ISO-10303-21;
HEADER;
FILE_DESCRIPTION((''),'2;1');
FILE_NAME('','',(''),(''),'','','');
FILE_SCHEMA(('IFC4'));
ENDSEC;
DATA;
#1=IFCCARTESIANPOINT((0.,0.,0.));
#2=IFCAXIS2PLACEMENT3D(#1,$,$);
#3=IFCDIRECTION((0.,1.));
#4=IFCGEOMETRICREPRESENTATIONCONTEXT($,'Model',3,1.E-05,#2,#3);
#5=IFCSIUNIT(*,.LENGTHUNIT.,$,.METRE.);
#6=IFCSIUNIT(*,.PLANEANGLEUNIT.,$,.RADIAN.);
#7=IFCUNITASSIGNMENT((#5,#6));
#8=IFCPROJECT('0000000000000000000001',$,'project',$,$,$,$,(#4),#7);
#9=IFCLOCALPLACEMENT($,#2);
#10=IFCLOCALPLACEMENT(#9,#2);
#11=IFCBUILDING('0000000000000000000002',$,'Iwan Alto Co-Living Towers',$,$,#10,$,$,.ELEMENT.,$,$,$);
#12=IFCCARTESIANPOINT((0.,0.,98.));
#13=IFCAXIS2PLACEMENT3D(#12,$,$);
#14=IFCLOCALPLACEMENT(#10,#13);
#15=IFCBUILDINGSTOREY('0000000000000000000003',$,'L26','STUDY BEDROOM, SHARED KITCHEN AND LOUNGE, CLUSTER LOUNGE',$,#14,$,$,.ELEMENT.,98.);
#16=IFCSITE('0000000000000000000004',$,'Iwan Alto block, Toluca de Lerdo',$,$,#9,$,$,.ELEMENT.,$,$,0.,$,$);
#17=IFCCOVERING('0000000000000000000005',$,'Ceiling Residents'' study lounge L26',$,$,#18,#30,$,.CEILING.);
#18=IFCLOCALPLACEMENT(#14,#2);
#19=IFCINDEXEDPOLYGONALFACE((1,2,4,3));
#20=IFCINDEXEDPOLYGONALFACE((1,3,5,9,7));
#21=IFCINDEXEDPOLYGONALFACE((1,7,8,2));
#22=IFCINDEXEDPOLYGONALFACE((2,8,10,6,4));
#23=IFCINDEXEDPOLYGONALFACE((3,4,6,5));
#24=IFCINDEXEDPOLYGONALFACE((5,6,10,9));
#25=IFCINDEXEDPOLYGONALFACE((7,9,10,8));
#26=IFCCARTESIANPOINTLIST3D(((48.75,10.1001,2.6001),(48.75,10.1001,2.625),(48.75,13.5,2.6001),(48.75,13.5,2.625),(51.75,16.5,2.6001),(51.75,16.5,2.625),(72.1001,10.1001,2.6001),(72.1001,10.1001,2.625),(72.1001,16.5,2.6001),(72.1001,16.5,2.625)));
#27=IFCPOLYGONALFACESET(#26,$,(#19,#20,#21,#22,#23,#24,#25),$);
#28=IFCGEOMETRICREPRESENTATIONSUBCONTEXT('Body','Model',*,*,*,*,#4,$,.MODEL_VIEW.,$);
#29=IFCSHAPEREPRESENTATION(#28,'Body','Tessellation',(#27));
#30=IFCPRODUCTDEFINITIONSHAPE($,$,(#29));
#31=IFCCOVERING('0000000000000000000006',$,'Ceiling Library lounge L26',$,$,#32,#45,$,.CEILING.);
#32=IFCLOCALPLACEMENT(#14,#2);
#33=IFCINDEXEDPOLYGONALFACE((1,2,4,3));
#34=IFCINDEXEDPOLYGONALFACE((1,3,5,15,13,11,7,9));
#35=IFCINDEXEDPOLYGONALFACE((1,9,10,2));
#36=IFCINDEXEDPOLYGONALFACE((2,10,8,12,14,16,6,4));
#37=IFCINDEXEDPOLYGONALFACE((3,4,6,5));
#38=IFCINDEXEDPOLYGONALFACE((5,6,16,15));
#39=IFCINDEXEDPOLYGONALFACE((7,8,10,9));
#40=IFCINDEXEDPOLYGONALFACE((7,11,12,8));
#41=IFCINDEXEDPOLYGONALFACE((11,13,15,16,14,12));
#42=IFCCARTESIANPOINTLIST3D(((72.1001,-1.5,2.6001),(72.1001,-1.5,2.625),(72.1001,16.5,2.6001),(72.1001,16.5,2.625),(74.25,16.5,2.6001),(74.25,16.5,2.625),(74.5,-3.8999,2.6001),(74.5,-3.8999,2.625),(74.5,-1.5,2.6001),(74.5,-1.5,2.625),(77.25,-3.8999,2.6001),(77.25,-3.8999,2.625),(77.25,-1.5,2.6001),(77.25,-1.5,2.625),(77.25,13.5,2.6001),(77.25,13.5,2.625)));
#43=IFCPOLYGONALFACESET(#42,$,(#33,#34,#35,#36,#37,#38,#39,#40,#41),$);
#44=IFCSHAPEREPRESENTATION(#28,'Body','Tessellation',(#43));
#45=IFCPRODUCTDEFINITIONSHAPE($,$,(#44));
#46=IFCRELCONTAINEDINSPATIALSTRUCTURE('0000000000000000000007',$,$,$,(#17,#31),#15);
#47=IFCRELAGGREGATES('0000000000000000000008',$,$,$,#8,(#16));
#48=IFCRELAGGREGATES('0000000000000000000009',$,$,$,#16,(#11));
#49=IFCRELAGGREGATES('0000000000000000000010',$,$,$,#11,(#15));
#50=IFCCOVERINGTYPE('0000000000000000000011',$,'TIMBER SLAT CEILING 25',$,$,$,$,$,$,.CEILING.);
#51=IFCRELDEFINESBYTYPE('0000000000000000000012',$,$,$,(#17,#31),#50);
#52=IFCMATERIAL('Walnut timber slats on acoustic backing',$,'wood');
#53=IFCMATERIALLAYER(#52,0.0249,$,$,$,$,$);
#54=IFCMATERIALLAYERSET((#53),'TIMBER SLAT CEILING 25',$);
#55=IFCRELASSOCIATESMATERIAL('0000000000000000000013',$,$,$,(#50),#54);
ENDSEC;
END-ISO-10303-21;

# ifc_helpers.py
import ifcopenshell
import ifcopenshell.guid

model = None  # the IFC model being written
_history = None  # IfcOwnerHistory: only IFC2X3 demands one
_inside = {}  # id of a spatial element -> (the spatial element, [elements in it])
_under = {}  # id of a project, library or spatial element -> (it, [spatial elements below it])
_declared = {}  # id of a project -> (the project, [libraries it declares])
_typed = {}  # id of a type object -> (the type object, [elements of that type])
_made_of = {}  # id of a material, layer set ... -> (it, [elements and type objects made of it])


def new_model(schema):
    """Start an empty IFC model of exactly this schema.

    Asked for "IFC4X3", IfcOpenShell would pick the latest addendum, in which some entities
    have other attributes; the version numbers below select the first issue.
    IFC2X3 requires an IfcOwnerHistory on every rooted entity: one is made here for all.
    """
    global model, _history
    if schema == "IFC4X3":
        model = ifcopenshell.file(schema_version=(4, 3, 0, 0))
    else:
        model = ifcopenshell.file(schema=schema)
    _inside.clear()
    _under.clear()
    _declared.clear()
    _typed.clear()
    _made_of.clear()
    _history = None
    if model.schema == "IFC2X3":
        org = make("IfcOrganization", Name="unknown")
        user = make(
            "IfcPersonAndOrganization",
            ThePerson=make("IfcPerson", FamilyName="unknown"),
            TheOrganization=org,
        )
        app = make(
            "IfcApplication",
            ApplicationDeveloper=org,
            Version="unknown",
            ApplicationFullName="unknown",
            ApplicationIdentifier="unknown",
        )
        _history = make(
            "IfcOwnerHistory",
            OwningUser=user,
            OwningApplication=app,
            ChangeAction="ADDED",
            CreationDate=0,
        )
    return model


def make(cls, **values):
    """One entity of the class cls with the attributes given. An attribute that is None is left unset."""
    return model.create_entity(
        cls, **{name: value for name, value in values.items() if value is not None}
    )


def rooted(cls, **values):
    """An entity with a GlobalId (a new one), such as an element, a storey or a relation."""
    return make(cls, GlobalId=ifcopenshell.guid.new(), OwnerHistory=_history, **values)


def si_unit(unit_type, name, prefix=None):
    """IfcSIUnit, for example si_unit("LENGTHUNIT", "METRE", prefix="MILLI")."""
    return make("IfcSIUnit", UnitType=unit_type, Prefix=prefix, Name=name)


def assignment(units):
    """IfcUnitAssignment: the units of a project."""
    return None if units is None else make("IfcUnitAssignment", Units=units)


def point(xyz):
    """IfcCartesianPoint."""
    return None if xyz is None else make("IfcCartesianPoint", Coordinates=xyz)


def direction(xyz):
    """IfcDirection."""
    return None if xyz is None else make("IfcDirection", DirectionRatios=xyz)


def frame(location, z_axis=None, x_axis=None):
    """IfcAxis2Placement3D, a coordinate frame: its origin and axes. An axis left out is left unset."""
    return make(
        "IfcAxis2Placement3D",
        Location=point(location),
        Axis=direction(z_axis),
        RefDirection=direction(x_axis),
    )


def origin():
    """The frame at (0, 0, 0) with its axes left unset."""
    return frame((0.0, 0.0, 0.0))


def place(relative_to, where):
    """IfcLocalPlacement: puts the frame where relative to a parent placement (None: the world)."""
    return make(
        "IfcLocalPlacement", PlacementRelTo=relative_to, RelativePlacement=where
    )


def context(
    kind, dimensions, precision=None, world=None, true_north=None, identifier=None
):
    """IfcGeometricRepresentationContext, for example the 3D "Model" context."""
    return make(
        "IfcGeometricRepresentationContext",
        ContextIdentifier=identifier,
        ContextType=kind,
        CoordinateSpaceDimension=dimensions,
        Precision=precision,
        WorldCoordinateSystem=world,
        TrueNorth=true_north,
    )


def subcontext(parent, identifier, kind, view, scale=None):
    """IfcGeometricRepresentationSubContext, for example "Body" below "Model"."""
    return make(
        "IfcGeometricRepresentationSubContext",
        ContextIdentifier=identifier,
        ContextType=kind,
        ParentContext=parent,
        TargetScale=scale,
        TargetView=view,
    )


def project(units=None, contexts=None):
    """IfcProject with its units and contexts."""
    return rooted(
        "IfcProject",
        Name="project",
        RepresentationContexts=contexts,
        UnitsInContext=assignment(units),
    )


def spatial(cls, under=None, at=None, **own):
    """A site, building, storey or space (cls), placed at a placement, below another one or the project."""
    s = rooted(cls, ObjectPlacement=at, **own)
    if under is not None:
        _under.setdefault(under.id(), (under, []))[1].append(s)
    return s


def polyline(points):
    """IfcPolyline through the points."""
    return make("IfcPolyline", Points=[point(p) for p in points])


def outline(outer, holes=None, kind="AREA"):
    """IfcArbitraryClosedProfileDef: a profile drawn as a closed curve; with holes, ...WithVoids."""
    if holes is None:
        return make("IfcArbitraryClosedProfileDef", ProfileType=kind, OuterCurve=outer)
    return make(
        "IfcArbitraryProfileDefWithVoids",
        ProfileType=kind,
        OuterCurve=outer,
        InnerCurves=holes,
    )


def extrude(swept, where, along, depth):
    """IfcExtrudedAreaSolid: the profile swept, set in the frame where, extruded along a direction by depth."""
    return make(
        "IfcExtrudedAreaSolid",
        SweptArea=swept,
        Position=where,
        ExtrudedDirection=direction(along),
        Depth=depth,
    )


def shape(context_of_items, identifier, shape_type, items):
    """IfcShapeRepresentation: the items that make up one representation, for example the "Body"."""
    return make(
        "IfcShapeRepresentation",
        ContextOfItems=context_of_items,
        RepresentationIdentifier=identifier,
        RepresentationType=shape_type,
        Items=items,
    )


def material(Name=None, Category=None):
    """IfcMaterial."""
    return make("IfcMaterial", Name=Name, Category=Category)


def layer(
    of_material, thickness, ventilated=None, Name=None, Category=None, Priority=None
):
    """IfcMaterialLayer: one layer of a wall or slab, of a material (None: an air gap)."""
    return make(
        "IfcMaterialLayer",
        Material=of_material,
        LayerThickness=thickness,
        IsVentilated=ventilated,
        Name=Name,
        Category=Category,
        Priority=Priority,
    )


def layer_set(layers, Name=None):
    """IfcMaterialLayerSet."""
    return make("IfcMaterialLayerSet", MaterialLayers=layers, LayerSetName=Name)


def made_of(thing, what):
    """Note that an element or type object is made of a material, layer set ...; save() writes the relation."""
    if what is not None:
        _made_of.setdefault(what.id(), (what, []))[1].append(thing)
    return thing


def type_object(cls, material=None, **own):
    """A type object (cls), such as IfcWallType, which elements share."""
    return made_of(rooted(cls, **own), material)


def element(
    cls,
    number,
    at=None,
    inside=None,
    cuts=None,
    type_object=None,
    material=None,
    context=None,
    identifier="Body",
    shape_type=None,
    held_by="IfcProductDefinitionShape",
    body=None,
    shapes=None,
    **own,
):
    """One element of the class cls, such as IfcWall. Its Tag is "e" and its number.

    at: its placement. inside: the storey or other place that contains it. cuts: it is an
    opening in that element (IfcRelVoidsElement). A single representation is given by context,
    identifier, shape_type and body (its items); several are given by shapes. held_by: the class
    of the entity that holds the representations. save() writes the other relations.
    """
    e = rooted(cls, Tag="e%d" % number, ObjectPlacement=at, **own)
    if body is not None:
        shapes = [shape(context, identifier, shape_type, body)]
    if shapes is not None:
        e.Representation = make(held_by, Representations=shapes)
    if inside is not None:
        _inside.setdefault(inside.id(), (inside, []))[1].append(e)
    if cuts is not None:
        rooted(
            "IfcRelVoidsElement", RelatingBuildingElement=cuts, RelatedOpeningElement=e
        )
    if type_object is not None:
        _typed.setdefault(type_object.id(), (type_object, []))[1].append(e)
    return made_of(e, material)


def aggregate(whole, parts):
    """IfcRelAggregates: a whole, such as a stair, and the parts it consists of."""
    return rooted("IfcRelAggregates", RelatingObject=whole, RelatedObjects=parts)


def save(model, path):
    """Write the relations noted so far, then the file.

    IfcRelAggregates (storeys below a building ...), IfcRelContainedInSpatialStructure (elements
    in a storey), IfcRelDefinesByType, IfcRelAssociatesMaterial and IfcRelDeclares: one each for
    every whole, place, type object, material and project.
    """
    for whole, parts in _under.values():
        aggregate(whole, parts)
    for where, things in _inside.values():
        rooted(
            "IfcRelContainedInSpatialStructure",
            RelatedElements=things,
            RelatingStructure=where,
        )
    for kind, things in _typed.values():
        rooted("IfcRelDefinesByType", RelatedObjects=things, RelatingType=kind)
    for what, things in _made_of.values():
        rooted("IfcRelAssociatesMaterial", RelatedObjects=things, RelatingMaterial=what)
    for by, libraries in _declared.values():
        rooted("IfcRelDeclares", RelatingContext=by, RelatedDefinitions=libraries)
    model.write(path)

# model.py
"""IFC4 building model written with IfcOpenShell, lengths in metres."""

from ifc_helpers import new_model, si_unit, direction, frame, origin, place, context, subcontext, project, spatial, polyline, outline, extrude, material, layer, layer_set, type_object, element, save


model = new_model("IFC4")

# Units and contexts
model_context = context("Model", 3, precision=1e-05, world=origin(), true_north=direction((0.0, 1.0)))
body_context = subcontext(model_context, "Body", "Model", "MODEL_VIEW")
ifc_project = project(units=[si_unit("LENGTHUNIT", "METRE"), si_unit("PLANEANGLEUNIT", "RADIAN")], contexts=[model_context])

# Site, building, storey
site_placement = place(None, origin())
site = spatial("IfcSite", under=ifc_project, at=site_placement, Name="Iwan Alto block, Toluca de Lerdo", CompositionType="ELEMENT", RefElevation=0.0)
building_placement = place(site_placement, origin())
building = spatial("IfcBuilding", under=site, at=building_placement, Name="Iwan Alto Co-Living Towers", CompositionType="ELEMENT")
storey_placement = place(building_placement, frame((0.0, 0.0, 98.0)))
storey = spatial("IfcBuildingStorey", under=building, at=storey_placement, Name="L26", Description="STUDY BEDROOM, SHARED KITCHEN AND LOUNGE, CLUSTER LOUNGE", CompositionType="ELEMENT", Elevation=98.0)

# Coverings
ifc_material_1 = material(Name="Walnut timber slats on acoustic backing", Category="wood")
ifc_layer_1 = layer(ifc_material_1, 0.0249)
ifc_layer_set_1 = layer_set([ifc_layer_1], Name="TIMBER SLAT CEILING 25")
covering_type_1 = type_object("IfcCoveringType", Name="TIMBER SLAT CEILING 25", PredefinedType="CEILING", material=ifc_layer_set_1)
covering_1_placement = place(storey_placement, frame((0.0, 0.0, 2.6001)))
element("IfcCovering", 1, at=covering_1_placement, inside=storey, type_object=covering_type_1, Name="Ceiling Residents' study lounge L26", PredefinedType="CEILING", context=body_context, shape_type="SweptSolid", body=[
    extrude(outline(polyline([(48.75, 10.1001), (48.75, 13.5), (51.75, 16.5), (72.1001, 16.5), (72.1001, 10.1001), (48.75, 10.1001)])), origin(), (0.0, 0.0, 1.0), 0.0249),
])
covering_2_placement = place(storey_placement, frame((0.0, 0.0, 2.6001)))
element("IfcCovering", 2, at=covering_2_placement, inside=storey, type_object=covering_type_1, Name="Ceiling Library lounge L26", PredefinedType="CEILING", context=body_context, shape_type="SweptSolid", body=[
    extrude(outline(polyline([(74.5, -1.5), (72.1001, -1.5), (72.1001, 16.5), (74.25, 16.5), (77.25, 13.5), (77.25, -1.5), (77.25, -3.8999), (74.5, -3.8999), (74.5, -1.5)])), origin(), (0.0, 0.0, 1.0), 0.0249),
])

save(model, "model.ifc")
